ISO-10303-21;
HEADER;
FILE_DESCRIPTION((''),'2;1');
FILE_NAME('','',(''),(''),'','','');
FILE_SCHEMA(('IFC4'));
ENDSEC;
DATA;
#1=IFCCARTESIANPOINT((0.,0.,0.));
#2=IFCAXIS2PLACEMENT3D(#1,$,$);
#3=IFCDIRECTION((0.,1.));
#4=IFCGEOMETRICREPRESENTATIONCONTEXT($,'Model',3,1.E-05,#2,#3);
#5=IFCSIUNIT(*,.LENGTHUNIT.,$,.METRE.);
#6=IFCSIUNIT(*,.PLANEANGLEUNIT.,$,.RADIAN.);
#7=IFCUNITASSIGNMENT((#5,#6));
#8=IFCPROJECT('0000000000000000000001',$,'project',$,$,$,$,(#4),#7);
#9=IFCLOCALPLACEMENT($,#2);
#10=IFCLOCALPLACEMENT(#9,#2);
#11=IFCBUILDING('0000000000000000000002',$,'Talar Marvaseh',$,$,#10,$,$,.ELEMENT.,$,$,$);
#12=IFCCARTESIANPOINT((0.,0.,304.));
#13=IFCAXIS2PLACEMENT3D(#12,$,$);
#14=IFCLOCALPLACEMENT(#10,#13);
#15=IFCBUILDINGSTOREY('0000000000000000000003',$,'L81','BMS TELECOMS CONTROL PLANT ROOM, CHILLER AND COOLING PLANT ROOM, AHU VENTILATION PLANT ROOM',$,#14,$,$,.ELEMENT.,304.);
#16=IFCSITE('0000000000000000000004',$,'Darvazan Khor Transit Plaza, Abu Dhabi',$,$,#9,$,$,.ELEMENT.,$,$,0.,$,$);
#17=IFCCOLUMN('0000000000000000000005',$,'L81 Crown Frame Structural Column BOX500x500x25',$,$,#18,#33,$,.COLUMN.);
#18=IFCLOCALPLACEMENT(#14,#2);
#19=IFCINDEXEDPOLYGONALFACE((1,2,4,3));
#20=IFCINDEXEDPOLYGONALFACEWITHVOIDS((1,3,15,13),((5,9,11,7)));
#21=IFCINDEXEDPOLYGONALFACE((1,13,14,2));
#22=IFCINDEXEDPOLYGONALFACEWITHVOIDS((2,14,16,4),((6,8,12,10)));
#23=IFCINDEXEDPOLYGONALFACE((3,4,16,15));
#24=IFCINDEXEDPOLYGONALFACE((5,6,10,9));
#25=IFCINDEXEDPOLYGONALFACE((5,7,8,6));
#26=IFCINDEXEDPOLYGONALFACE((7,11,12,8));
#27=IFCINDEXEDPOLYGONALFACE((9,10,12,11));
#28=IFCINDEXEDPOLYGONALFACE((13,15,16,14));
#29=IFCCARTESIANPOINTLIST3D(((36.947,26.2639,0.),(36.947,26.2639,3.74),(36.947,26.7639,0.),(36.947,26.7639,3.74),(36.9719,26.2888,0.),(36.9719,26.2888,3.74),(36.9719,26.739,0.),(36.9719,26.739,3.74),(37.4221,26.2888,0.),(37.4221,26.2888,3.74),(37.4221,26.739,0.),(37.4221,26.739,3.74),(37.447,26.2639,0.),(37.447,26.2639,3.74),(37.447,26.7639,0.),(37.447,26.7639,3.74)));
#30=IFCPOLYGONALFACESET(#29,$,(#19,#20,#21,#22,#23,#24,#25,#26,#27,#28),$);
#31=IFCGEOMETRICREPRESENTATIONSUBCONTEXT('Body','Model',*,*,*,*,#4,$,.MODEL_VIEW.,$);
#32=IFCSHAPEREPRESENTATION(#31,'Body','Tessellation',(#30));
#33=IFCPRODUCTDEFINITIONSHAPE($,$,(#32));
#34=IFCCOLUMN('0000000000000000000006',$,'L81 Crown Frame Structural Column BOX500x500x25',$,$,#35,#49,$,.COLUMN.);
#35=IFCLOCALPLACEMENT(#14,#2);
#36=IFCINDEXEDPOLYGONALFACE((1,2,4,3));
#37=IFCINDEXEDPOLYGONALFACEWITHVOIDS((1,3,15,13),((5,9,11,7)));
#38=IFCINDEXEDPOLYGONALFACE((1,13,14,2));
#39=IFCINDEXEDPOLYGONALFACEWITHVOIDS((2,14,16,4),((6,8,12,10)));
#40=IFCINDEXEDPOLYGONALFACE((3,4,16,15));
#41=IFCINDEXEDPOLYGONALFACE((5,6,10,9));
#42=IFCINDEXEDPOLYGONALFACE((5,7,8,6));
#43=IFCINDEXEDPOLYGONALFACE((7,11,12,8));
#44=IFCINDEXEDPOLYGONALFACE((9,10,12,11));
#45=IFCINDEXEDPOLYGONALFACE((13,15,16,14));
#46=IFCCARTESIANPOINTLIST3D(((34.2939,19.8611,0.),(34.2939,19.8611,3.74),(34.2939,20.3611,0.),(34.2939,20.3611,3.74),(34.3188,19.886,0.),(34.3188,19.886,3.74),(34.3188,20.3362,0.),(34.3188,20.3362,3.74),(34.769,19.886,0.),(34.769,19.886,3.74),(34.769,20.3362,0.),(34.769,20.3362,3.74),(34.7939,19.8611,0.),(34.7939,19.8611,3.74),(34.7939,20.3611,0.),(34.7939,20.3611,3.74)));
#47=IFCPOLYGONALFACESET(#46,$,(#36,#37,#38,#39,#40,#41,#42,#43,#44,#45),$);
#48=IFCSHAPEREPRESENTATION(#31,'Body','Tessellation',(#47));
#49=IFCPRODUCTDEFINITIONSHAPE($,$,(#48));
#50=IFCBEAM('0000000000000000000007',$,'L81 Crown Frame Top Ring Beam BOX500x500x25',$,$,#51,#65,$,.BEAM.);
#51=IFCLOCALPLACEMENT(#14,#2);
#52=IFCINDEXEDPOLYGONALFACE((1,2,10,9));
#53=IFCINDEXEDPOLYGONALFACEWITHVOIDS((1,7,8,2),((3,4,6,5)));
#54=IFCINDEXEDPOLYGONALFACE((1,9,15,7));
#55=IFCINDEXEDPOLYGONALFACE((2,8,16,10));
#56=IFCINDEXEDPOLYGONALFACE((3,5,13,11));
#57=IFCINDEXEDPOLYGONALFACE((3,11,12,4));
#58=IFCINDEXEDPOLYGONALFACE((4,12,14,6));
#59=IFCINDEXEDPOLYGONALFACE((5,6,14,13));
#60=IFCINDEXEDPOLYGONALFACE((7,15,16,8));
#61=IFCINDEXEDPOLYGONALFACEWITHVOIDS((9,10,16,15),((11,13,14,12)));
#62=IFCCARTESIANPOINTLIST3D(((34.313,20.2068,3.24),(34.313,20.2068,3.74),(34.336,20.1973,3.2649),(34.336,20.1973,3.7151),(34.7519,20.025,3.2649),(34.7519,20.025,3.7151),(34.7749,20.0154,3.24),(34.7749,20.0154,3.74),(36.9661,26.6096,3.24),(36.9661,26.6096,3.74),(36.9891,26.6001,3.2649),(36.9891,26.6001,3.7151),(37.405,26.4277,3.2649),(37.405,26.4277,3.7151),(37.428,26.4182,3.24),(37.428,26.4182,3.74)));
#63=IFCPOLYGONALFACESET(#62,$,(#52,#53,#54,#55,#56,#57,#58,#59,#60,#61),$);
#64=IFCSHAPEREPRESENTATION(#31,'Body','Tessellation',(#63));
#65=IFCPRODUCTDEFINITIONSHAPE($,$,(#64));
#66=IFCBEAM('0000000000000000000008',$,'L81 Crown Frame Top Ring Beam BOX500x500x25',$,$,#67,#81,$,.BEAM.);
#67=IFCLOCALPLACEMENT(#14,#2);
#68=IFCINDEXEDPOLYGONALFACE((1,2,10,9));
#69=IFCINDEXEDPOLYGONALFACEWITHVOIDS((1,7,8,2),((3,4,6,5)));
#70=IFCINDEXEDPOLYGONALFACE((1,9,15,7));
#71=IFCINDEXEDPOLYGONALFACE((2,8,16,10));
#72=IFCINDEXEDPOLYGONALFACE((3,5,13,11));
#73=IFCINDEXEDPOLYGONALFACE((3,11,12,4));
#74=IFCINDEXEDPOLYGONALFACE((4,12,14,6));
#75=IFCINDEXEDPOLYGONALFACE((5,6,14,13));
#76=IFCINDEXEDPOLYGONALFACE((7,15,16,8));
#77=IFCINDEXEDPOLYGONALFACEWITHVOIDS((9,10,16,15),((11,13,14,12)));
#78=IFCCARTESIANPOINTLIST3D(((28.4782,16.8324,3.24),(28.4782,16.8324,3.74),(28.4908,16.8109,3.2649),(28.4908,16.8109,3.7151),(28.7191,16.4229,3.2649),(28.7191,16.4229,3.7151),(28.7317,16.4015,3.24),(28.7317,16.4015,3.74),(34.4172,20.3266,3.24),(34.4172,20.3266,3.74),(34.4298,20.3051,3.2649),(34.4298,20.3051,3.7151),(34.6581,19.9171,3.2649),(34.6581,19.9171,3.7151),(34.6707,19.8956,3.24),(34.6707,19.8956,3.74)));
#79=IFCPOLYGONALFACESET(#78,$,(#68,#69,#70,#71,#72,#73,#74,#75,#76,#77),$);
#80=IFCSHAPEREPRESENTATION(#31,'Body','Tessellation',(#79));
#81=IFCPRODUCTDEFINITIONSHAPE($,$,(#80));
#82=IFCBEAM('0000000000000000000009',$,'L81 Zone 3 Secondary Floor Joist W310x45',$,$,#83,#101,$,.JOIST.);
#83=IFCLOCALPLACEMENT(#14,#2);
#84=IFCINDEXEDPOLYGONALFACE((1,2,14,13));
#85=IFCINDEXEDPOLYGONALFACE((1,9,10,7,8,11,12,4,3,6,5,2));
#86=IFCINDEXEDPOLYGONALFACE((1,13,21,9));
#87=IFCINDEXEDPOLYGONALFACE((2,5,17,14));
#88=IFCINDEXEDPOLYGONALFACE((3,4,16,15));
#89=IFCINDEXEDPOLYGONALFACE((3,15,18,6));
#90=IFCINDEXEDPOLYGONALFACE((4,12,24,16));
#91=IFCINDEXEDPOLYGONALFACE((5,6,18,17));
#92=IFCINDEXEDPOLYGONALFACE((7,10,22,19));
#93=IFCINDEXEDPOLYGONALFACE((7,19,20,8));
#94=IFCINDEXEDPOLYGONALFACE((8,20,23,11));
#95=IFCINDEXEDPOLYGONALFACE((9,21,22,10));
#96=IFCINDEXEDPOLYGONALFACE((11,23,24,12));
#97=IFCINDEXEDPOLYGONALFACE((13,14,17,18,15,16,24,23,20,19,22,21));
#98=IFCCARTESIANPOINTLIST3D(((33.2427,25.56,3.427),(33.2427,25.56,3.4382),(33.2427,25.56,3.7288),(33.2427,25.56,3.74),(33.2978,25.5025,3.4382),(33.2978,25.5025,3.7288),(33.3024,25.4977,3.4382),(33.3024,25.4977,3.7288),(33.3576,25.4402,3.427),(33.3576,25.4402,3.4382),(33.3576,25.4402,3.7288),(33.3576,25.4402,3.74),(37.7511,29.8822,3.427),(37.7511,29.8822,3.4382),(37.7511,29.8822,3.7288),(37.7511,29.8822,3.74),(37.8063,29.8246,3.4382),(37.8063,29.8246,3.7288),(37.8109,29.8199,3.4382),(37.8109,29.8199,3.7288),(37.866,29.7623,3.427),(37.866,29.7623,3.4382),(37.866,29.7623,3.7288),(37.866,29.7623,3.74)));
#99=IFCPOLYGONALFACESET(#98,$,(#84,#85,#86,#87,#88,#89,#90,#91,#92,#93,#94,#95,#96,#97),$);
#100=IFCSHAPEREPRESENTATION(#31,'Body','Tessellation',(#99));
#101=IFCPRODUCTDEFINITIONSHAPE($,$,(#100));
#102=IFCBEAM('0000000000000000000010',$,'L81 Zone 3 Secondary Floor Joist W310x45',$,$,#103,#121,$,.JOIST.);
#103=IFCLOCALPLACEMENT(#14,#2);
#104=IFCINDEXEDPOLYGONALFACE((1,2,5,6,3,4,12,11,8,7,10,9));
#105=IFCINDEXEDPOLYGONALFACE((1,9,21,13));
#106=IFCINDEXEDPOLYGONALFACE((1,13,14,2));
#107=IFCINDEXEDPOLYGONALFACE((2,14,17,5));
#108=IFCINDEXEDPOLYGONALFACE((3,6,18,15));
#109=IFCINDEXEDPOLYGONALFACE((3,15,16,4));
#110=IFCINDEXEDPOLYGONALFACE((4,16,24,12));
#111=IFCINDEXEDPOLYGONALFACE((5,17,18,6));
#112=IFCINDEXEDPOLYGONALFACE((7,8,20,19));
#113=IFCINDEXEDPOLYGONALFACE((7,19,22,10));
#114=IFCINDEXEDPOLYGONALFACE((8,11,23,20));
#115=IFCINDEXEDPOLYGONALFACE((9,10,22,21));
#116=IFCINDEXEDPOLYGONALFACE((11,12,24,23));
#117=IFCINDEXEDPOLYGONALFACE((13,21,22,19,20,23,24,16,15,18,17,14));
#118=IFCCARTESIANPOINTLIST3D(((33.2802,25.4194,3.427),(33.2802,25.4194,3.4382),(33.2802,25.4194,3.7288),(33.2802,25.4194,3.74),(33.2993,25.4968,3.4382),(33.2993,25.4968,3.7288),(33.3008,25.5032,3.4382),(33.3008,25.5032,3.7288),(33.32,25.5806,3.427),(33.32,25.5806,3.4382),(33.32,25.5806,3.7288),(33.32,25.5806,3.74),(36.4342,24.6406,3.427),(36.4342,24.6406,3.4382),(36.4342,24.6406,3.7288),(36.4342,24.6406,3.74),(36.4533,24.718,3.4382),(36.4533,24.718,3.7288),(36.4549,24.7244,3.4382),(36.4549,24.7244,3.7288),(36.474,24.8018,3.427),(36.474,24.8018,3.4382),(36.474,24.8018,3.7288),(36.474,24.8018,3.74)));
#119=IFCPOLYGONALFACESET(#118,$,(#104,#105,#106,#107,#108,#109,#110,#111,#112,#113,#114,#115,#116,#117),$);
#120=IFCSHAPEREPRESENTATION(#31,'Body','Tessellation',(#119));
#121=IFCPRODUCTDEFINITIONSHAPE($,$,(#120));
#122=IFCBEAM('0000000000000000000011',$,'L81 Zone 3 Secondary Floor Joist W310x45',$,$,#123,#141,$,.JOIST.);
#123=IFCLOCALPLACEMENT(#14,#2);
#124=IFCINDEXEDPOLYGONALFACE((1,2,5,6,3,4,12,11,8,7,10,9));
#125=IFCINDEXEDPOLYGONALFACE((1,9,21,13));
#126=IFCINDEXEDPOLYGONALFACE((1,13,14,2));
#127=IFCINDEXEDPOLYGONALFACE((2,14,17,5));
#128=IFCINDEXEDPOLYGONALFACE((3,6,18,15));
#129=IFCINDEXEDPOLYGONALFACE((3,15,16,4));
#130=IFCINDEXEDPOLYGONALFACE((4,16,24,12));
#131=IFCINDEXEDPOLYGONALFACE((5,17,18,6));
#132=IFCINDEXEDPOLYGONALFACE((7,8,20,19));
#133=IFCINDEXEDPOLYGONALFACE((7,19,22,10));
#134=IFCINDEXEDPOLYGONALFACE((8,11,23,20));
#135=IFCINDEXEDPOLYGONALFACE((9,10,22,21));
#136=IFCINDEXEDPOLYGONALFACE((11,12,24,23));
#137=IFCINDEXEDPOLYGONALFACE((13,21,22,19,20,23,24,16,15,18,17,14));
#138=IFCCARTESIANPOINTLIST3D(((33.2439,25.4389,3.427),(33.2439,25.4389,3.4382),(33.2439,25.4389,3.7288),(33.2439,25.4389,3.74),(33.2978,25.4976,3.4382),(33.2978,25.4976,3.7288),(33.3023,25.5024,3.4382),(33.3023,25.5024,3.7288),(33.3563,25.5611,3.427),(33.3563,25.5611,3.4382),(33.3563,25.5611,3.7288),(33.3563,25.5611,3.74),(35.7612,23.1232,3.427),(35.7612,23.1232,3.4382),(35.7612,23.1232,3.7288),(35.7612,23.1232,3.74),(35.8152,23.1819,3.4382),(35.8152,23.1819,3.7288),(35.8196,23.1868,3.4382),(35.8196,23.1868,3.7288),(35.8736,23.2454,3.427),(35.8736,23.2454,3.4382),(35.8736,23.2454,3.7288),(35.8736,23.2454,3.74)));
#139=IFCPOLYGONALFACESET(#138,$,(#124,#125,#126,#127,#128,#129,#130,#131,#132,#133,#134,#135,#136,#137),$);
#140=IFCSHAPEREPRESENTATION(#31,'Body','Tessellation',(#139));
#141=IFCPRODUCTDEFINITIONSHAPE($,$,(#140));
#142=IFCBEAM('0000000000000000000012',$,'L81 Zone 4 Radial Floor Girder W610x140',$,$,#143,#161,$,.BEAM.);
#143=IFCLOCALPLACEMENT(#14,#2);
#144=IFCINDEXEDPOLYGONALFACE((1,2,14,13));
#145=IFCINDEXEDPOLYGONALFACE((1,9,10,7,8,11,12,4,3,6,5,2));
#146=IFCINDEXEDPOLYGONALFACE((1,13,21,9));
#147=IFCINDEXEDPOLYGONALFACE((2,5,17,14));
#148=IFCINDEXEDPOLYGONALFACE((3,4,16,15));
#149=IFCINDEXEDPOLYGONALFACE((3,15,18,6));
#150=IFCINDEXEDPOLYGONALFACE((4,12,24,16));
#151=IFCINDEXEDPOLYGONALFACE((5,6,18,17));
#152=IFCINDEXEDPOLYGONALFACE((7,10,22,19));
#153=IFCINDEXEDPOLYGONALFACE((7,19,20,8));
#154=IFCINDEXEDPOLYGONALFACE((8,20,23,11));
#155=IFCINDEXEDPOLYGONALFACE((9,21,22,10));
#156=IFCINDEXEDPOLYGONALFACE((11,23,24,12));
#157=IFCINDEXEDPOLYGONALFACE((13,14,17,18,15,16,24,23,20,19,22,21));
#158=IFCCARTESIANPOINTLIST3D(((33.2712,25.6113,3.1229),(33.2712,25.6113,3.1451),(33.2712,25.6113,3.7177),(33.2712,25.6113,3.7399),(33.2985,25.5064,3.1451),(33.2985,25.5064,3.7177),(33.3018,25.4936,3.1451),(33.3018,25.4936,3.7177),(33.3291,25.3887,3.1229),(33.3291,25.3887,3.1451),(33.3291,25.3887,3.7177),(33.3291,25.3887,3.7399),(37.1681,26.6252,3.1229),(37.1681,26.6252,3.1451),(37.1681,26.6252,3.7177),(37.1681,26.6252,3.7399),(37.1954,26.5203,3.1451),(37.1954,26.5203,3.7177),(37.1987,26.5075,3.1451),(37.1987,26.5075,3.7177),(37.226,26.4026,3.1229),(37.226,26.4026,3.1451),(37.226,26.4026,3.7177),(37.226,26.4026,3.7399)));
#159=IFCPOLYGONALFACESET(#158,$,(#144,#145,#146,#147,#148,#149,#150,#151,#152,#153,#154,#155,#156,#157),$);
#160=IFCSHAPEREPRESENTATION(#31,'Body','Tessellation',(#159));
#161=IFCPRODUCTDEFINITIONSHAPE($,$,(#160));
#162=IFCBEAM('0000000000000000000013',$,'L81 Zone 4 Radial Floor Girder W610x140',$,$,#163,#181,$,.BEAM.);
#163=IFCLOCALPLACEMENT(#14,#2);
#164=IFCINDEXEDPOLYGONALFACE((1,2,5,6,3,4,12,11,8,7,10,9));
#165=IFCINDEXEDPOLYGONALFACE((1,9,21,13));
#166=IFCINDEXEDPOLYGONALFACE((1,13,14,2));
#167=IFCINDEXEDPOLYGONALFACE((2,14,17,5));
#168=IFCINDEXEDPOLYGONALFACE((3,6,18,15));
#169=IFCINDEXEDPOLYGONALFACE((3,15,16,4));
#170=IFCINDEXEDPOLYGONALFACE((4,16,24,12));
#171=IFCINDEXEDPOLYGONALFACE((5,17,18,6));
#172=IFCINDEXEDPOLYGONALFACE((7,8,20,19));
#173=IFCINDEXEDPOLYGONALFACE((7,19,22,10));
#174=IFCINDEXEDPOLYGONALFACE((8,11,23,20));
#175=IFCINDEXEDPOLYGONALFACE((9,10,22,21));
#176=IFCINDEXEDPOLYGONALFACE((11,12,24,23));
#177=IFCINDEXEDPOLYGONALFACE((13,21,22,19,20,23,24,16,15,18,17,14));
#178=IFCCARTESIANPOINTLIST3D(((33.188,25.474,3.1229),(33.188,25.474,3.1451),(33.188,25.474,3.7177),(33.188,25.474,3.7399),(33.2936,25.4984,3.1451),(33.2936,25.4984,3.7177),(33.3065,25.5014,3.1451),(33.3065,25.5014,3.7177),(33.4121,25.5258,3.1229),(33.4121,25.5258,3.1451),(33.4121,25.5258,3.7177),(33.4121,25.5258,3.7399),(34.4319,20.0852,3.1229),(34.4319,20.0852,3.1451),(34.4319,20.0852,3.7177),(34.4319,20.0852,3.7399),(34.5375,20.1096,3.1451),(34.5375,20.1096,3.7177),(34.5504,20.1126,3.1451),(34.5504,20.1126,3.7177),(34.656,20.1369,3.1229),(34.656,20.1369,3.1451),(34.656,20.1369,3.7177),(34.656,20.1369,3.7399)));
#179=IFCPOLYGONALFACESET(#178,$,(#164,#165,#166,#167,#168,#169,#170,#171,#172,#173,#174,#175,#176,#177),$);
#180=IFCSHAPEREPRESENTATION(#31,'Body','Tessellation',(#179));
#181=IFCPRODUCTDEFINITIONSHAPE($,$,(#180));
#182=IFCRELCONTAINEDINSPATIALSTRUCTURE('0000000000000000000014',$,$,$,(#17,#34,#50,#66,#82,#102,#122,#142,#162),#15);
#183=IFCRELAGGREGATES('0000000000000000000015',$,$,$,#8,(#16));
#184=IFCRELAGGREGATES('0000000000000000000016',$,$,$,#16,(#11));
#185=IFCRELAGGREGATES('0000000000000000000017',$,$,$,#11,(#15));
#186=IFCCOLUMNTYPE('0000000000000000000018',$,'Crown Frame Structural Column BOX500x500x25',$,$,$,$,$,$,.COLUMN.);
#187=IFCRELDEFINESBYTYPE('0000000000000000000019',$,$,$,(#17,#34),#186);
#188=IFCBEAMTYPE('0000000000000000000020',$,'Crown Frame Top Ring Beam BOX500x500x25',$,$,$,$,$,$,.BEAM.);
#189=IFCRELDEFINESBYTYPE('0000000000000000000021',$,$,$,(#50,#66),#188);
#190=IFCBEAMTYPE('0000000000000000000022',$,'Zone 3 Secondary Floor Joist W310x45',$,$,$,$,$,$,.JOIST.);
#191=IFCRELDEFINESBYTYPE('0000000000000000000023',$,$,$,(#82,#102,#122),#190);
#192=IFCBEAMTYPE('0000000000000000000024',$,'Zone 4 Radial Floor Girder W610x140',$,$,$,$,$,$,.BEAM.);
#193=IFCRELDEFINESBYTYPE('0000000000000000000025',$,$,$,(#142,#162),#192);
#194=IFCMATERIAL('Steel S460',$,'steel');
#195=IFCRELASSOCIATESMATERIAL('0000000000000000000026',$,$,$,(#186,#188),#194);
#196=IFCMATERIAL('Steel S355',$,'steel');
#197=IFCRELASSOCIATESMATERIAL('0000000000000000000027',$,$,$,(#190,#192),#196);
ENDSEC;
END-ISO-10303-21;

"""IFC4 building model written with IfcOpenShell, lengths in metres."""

from ifc_helpers import new_model, si_unit, direction, frame, origin, origin_2d, place, context, subcontext, project, spatial, hollow_rectangle, i_section, extrude, material, material_profile, profile_set, type_object, element, save


model = new_model("IFC4")

# Units and contexts
model_context = context("Model", 3, precision=1e-05, world=origin(), true_north=direction((0.0, 1.0)))
body_context = subcontext(model_context, "Body", "Model", "MODEL_VIEW")
ifc_project = project(units=[si_unit("LENGTHUNIT", "METRE"), si_unit("PLANEANGLEUNIT", "RADIAN")], contexts=[model_context])

# Site, building, storey
site_placement = place(None, origin())
site = spatial("IfcSite", under=ifc_project, at=site_placement, Name="Darvazan Khor Transit Plaza, Abu Dhabi", CompositionType="ELEMENT", RefElevation=0.0)
building_placement = place(site_placement, origin())
building = spatial("IfcBuilding", under=site, at=building_placement, Name="Talar Marvaseh", CompositionType="ELEMENT")
storey_placement = place(building_placement, frame((0.0, 0.0, 304.0)))
storey = spatial("IfcBuildingStorey", under=building, at=storey_placement, Name="L81", Description="BMS TELECOMS CONTROL PLANT ROOM, CHILLER AND COOLING PLANT ROOM, AHU VENTILATION PLANT ROOM", CompositionType="ELEMENT", Elevation=304.0)

# Columns
ifc_material_1 = material(Name="Steel S460", Category="steel")
ifc_material_profile_1 = material_profile(ifc_material_1, hollow_rectangle(XDim=0.5, YDim=0.5, WallThickness=0.0249, at=origin_2d()), Name="BOX500x500x25")
ifc_profile_set_1 = profile_set([ifc_material_profile_1], Name="Steel S460")
column_type = type_object("IfcColumnType", Name="Crown Frame Structural Column BOX500x500x25", PredefinedType="COLUMN", material=ifc_profile_set_1)
for number, where, z_axis, x_axis, name in (
    (1, (37.197, 26.5139, 0.0), (0.0, 0.0, 1.0), (1.0, 0.0, 0.0), "L81 Crown Frame Structural Column BOX500x500x25"),
    (2, (34.5439, 20.1111, 0.0), (0.0, 0.0, 1.0), (1.0, 0.0, 0.0), "L81 Crown Frame Structural Column BOX500x500x25"),
):
    element("IfcColumn", number, at=place(storey_placement, frame(where, z_axis=z_axis, x_axis=x_axis)), inside=storey, type_object=column_type, Name=name, PredefinedType="COLUMN", context=body_context, shape_type="SweptSolid", body=[
        extrude(hollow_rectangle(XDim=0.5, YDim=0.5, WallThickness=0.0249, at=origin_2d()), origin(), (0.0, 0.0, 1.0), 3.74),
    ])

# Beams
ifc_material_profile_2 = material_profile(ifc_material_1, hollow_rectangle(XDim=0.5, YDim=0.5, WallThickness=0.0249, at=origin_2d()), Name="BOX500x500x25")
ifc_profile_set_2 = profile_set([ifc_material_profile_2], Name="Steel S460")
beam_type_1 = type_object("IfcBeamType", Name="Crown Frame Top Ring Beam BOX500x500x25", PredefinedType="BEAM", material=ifc_profile_set_2)
beam_1_placement = place(storey_placement, frame((37.197, 26.5139, 3.49), z_axis=(-0.382799, -0.923832, 0.0), x_axis=(0.923832, -0.382799, 0.0)))
element("IfcBeam", 3, at=beam_1_placement, inside=storey, type_object=beam_type_1, Name="L81 Crown Frame Top Ring Beam BOX500x500x25", PredefinedType="BEAM", context=body_context, shape_type="SweptSolid", body=[
    extrude(hollow_rectangle(XDim=0.5, YDim=0.5, WallThickness=0.0249, at=origin_2d()), origin(), (0.0, 0.0, 1.0), 6.9307),
])
beam_2_placement = place(storey_placement, frame((34.5439, 20.1111, 3.49), z_axis=(-0.861894, -0.507088, 0.0), x_axis=(0.507088, -0.861894, 0.0)))
element("IfcBeam", 4, at=beam_2_placement, inside=storey, type_object=beam_type_1, Name="L81 Crown Frame Top Ring Beam BOX500x500x25", PredefinedType="BEAM", context=body_context, shape_type="SweptSolid", body=[
    extrude(hollow_rectangle(XDim=0.5, YDim=0.5, WallThickness=0.0249, at=origin_2d()), origin(), (0.0, 0.0, 1.0), 6.8906),
])
ifc_material_2 = material(Name="Steel S355", Category="steel")
ifc_material_profile_3 = material_profile(ifc_material_2, i_section(OverallWidth=0.166, OverallDepth=0.313, WebThickness=0.0066, FlangeThickness=0.0112, at=origin_2d()), Name="W310x45")
ifc_profile_set_3 = profile_set([ifc_material_profile_3], Name="Steel S355")
beam_type_2 = type_object("IfcBeamType", Name="Zone 3 Secondary Floor Joist W310x45", PredefinedType="JOIST", material=ifc_profile_set_3)
beam_3_placement = place(storey_placement, frame((37.8086, 29.8223, 3.5835), z_axis=(-0.721862, -0.692037, 0.0), x_axis=(0.692037, -0.721862, 0.0)))
element("IfcBeam", 5, at=beam_3_placement, inside=storey, type_object=beam_type_2, Name="L81 Zone 3 Secondary Floor Joist W310x45", PredefinedType="JOIST", context=body_context, shape_type="SweptSolid", body=[
    extrude(i_section(OverallWidth=0.166, OverallDepth=0.313, WebThickness=0.0066, FlangeThickness=0.0112, at=origin_2d()), origin(), (0.0, 0.0, 1.0), 6.2456),
])
beam_4_placement = place(storey_placement, frame((36.4541, 24.7212, 3.5835), z_axis=(-0.970841, 0.239723, 0.0), x_axis=(-0.239723, -0.970841, 0.0)))
element("IfcBeam", 6, at=beam_4_placement, inside=storey, type_object=beam_type_2, Name="L81 Zone 3 Secondary Floor Joist W310x45", PredefinedType="JOIST", context=body_context, shape_type="SweptSolid", body=[
    extrude(i_section(OverallWidth=0.166, OverallDepth=0.313, WebThickness=0.0066, FlangeThickness=0.0112, at=origin_2d()), origin(), (0.0, 0.0, 1.0), 3.2488),
])
beam_5_placement = place(storey_placement, frame((35.8174, 23.1843, 3.5835), z_axis=(-0.735971, 0.677013, 0.0), x_axis=(-0.677013, -0.735971, 0.0)))
element("IfcBeam", 7, at=beam_5_placement, inside=storey, type_object=beam_type_2, Name="L81 Zone 3 Secondary Floor Joist W310x45", PredefinedType="JOIST", context=body_context, shape_type="SweptSolid", body=[
    extrude(i_section(OverallWidth=0.166, OverallDepth=0.313, WebThickness=0.0066, FlangeThickness=0.0112, at=origin_2d()), origin(), (0.0, 0.0, 1.0), 3.4204),
])
ifc_material_profile_4 = material_profile(ifc_material_2, i_section(OverallWidth=0.23, OverallDepth=0.6169, WebThickness=0.0132, FlangeThickness=0.0222, at=origin_2d()), Name="W610x140")
ifc_profile_set_4 = profile_set([ifc_material_profile_4], Name="Steel S355")
beam_type_3 = type_object("IfcBeamType", Name="Zone 4 Radial Floor Girder W610x140", PredefinedType="BEAM", material=ifc_profile_set_4)
beam_6_placement = place(storey_placement, frame((37.197, 26.5139, 3.4314), z_axis=(-0.96778, -0.251797, 0.0), x_axis=(0.251797, -0.96778, 0.0)))
element("IfcBeam", 8, at=beam_6_placement, inside=storey, type_object=beam_type_3, Name="L81 Zone 4 Radial Floor Girder W610x140", PredefinedType="BEAM", context=body_context, shape_type="SweptSolid", body=[
    extrude(i_section(OverallWidth=0.23, OverallDepth=0.6169, WebThickness=0.0132, FlangeThickness=0.0222, at=origin_2d()), origin(), (0.0, 0.0, 1.0), 4.0266),
])
beam_7_placement = place(storey_placement, frame((34.5439, 20.1111, 3.4314), z_axis=(-0.224911, 0.974379, 0.0), x_axis=(-0.974379, -0.224911, 0.0)))
element("IfcBeam", 9, at=beam_7_placement, inside=storey, type_object=beam_type_3, Name="L81 Zone 4 Radial Floor Girder W610x140", PredefinedType="BEAM", context=body_context, shape_type="SweptSolid", body=[
    extrude(i_section(OverallWidth=0.23, OverallDepth=0.6169, WebThickness=0.0132, FlangeThickness=0.0222, at=origin_2d()), origin(), (0.0, 0.0, 1.0), 5.5305),
])

save(model, "model.ifc")
